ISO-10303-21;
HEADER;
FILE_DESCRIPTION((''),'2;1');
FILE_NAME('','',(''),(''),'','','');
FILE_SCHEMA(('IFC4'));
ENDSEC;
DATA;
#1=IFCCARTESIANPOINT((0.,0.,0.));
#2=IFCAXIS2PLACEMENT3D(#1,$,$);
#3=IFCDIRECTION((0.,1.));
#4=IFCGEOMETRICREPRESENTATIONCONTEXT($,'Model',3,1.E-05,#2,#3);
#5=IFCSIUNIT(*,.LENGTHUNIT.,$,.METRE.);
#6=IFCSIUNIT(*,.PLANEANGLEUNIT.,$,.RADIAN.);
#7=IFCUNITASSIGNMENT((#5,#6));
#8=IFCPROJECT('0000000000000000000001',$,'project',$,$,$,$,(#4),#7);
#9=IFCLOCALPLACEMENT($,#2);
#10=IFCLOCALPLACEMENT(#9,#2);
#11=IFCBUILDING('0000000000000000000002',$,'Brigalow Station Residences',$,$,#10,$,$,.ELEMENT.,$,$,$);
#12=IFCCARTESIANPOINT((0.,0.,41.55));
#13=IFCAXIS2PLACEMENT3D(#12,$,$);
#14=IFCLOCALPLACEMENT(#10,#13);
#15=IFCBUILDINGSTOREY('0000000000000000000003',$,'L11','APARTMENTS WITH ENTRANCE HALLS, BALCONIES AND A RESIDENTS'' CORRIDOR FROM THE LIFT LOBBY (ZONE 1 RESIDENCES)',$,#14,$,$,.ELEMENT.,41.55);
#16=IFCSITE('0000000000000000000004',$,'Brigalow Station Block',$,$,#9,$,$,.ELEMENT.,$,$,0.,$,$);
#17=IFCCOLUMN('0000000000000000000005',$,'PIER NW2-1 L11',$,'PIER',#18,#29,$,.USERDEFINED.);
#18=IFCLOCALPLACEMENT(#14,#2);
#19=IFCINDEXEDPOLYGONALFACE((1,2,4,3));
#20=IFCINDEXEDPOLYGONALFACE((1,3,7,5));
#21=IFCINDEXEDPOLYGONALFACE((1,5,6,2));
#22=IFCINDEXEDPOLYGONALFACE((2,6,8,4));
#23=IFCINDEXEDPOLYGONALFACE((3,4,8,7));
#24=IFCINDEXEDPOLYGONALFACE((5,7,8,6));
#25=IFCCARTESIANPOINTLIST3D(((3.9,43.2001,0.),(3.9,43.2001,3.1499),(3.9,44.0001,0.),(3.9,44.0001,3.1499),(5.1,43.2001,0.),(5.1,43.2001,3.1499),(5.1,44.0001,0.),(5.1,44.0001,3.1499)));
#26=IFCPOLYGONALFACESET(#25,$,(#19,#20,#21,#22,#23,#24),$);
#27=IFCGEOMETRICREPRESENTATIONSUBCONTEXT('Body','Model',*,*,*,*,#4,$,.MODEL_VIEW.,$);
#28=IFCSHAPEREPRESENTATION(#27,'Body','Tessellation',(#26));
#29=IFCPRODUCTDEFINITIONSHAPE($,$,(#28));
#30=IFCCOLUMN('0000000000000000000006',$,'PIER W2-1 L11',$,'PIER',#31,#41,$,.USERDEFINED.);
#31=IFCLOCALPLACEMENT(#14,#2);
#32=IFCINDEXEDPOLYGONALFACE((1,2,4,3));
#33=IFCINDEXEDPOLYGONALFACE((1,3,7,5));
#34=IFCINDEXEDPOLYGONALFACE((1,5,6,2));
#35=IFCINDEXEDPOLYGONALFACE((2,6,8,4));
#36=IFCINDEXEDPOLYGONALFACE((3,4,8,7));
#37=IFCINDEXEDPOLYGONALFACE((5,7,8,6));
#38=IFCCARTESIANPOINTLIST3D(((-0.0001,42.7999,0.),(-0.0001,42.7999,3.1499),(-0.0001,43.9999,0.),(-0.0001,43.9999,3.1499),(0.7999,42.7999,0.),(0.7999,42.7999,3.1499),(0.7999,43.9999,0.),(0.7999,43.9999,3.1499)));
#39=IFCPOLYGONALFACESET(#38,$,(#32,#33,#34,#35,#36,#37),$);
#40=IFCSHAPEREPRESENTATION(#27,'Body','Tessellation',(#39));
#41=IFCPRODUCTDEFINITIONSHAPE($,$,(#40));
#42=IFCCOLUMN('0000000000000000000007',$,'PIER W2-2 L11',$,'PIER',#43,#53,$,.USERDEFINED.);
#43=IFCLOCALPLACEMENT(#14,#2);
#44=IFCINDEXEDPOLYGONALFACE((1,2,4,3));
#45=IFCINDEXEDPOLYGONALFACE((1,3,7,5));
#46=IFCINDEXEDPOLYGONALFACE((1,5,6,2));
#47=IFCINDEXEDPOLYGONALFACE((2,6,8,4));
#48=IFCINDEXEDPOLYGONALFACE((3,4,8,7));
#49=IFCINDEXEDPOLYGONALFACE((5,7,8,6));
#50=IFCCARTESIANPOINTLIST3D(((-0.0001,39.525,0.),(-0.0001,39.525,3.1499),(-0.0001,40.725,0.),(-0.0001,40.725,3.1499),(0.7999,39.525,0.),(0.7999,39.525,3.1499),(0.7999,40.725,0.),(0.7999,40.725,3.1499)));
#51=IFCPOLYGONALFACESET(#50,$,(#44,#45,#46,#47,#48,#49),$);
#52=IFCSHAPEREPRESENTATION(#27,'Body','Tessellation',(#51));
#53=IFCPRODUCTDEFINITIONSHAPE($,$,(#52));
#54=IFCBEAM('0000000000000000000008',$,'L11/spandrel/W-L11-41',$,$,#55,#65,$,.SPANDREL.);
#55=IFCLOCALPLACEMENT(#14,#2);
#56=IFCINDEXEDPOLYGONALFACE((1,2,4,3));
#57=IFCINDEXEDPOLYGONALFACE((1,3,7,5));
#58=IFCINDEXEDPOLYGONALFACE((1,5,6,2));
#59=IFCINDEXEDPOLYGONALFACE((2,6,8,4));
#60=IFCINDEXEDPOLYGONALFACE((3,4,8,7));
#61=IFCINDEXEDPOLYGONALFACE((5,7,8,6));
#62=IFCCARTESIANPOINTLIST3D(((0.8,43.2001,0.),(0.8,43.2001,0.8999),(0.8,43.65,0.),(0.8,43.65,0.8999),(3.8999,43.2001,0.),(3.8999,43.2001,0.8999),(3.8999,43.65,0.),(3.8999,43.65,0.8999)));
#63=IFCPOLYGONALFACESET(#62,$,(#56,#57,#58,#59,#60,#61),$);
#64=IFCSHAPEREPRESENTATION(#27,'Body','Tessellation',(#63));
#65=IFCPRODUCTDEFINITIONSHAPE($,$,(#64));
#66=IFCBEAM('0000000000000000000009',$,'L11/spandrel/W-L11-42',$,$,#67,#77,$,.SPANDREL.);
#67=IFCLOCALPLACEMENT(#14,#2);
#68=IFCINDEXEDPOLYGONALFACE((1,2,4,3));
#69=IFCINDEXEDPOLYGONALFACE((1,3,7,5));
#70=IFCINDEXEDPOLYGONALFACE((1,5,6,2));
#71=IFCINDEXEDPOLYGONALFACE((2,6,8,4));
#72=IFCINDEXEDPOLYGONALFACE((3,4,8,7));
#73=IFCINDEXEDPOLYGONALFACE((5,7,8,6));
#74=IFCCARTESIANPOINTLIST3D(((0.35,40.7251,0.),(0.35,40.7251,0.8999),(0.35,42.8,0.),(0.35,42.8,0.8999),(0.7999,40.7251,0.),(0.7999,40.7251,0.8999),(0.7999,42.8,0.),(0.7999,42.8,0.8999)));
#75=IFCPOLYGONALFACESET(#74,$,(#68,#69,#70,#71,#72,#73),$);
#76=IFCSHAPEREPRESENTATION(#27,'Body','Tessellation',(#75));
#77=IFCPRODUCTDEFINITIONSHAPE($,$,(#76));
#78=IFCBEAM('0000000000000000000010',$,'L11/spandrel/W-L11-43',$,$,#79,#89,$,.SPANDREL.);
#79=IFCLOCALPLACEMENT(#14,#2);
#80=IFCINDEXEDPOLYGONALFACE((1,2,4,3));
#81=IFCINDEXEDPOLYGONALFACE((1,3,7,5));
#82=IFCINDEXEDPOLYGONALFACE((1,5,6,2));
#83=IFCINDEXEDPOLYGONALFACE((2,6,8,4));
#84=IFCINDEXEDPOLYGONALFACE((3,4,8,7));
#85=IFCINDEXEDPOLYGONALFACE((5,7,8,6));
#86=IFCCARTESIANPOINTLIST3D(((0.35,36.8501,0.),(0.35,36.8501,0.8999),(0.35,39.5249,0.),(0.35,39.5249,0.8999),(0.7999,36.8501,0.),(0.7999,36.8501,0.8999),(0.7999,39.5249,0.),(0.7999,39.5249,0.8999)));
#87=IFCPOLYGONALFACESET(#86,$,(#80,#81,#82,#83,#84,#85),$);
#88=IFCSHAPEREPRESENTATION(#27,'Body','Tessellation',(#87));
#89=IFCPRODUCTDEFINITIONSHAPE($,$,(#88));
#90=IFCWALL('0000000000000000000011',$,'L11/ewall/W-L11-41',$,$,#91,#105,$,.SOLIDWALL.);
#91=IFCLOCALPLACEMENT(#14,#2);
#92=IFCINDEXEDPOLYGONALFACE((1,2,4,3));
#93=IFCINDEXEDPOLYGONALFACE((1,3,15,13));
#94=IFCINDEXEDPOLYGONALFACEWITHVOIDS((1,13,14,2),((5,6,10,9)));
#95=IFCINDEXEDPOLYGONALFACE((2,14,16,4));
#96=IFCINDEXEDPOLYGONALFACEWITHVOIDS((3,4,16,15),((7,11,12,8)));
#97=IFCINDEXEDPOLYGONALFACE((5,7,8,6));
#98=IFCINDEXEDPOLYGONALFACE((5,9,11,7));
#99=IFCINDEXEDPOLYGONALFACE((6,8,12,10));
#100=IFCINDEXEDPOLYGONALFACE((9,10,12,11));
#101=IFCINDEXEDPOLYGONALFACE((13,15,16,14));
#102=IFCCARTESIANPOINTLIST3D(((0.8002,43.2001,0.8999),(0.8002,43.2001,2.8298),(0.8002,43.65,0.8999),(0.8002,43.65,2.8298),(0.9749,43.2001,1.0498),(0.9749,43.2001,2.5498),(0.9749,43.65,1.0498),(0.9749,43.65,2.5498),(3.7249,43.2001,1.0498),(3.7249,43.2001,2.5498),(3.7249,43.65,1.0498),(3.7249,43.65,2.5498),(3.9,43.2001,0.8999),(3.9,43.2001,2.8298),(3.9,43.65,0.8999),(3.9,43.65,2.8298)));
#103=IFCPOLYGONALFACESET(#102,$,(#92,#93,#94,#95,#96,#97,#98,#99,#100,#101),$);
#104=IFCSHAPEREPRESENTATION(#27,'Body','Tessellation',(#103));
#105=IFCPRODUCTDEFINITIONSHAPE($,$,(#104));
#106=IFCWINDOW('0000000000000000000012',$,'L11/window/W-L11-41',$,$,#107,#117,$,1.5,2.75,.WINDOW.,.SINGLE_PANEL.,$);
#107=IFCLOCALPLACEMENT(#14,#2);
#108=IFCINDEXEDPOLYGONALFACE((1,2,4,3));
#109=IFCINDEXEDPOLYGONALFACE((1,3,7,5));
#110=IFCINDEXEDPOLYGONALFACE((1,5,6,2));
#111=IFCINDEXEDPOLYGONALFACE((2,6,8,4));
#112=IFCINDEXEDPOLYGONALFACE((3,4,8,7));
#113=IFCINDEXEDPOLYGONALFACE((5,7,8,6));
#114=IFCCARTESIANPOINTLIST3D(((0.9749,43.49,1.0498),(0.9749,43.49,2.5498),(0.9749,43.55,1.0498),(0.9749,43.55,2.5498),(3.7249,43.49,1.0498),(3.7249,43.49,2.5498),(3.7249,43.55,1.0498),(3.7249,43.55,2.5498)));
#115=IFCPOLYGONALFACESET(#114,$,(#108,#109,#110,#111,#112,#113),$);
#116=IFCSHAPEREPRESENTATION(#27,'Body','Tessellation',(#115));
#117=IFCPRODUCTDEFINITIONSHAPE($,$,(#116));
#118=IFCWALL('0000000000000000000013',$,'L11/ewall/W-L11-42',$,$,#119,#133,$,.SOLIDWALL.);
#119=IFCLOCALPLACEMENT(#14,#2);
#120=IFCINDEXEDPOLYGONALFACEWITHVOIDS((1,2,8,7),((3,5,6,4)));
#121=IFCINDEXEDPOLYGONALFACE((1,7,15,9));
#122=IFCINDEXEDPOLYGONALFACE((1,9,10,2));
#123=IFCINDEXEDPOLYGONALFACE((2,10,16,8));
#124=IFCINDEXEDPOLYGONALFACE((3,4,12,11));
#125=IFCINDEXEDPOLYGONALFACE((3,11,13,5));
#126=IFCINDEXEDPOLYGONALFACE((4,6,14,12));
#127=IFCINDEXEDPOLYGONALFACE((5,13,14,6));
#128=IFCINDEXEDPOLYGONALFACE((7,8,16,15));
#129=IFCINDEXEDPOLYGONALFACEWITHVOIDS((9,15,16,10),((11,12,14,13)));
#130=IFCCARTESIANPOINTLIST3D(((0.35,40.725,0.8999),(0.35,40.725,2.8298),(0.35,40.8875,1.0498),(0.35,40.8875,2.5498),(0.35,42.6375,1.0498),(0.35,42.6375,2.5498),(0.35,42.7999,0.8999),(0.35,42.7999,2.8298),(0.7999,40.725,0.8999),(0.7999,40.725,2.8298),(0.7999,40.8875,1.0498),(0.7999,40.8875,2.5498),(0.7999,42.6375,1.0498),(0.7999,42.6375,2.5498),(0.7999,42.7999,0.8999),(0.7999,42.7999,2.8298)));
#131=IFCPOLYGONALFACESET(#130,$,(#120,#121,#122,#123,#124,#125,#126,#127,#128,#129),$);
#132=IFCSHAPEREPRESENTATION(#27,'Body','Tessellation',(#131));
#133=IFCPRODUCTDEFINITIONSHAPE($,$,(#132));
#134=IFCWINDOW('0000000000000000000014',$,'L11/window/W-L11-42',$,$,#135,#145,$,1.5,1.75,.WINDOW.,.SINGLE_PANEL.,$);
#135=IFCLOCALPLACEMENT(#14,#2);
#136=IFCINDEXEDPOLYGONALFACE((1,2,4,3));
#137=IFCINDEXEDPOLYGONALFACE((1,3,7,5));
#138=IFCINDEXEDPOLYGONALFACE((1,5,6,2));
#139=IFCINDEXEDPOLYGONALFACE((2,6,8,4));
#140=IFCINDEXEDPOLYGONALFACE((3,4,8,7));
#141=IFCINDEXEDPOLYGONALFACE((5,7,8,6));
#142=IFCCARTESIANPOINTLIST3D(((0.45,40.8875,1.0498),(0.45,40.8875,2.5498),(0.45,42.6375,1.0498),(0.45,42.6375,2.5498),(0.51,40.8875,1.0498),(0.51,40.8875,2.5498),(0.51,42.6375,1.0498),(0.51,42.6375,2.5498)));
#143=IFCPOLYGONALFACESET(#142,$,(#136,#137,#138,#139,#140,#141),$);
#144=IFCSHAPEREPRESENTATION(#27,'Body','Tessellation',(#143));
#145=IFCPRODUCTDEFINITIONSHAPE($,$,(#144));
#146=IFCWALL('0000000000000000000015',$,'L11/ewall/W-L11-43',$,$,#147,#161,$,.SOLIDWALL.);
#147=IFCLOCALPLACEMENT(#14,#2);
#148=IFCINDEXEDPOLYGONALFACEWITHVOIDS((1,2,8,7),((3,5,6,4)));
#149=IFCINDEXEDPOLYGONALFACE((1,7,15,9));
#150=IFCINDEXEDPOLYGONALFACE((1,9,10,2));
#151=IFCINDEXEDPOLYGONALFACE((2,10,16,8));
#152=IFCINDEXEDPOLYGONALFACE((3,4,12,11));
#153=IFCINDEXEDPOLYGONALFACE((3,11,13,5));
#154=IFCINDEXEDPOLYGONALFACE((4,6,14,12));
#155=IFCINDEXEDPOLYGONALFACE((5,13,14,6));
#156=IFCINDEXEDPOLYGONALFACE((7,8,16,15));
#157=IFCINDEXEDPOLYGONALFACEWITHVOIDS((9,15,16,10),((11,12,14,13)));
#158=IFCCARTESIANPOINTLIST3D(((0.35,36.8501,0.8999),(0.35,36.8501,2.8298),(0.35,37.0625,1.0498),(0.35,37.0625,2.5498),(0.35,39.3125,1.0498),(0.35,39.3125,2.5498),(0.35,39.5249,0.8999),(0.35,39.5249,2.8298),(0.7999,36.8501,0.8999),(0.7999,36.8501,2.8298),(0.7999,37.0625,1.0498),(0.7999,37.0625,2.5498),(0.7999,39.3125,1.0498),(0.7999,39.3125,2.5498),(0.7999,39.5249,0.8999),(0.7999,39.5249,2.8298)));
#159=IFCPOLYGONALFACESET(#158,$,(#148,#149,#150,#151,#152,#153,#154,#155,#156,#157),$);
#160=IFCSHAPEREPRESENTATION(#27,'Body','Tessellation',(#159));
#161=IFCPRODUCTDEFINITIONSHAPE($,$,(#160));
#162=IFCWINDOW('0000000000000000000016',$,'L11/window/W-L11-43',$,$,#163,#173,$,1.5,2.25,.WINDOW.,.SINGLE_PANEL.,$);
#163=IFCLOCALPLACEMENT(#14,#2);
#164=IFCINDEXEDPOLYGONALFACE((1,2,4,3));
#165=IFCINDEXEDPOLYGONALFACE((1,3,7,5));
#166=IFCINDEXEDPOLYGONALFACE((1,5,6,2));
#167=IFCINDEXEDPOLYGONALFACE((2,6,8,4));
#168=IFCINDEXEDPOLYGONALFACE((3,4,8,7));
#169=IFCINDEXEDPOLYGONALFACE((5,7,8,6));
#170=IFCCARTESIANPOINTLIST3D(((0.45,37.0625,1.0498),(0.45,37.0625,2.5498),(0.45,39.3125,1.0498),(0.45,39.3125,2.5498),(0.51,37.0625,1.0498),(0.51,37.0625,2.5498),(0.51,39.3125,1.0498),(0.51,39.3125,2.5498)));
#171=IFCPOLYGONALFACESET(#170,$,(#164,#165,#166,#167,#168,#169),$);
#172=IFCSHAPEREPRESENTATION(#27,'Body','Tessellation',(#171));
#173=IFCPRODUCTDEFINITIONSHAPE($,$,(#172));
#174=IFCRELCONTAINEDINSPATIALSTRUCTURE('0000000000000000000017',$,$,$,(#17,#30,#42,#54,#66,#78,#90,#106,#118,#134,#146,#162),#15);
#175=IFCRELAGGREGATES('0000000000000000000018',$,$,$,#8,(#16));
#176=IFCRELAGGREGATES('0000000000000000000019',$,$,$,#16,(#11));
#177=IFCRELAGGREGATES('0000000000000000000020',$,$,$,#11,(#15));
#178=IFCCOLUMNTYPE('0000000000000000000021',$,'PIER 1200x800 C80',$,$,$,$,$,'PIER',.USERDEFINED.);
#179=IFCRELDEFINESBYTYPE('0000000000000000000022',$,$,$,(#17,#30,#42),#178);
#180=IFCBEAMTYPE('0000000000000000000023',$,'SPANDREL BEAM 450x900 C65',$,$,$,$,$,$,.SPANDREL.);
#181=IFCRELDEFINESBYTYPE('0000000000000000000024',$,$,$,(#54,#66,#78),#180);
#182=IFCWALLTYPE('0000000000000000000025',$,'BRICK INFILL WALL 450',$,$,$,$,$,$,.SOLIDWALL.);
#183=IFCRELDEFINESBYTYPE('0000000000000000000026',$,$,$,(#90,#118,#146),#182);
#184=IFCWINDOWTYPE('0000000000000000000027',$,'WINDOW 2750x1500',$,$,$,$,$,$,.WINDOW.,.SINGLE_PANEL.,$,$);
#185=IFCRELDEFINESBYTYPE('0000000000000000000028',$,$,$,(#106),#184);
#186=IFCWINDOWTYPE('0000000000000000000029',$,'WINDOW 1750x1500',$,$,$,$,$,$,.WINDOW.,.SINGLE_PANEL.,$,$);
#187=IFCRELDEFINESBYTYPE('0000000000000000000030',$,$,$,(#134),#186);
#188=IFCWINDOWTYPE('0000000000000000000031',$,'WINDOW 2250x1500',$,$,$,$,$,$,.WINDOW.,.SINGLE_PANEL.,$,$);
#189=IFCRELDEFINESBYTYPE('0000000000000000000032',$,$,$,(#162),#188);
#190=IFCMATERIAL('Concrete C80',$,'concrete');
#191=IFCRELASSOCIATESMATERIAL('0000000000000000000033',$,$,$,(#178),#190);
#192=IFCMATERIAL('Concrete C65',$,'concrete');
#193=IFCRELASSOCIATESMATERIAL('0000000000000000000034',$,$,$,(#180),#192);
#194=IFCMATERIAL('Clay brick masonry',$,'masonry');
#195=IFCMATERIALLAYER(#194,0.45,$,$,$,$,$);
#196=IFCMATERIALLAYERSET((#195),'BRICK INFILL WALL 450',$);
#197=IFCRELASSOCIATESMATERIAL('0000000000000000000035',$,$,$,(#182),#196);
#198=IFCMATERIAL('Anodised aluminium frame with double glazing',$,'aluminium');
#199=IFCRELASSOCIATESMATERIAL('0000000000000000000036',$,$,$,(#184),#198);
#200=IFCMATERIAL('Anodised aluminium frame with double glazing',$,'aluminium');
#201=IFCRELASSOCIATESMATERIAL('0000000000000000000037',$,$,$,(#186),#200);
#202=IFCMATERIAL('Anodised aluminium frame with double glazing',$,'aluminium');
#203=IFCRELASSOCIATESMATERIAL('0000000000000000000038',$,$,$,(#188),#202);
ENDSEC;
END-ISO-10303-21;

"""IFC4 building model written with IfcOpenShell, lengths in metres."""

from ifc_helpers import new_model, si_unit, direction, frame, frame_2d, origin, origin_2d, place, context, subcontext, project, spatial, rectangle, extrude, material, layer, layer_set, material_profile, profile_set, type_object, element, fill, save


model = new_model("IFC4")

# Units and contexts
model_context = context("Model", 3, precision=1e-05, world=origin(), true_north=direction((0.0, 1.0)))
body_context = subcontext(model_context, "Body", "Model", "MODEL_VIEW")
ifc_project = project(units=[si_unit("LENGTHUNIT", "METRE"), si_unit("PLANEANGLEUNIT", "RADIAN")], contexts=[model_context])

# Site, building, storey
site_placement = place(None, origin())
site = spatial("IfcSite", under=ifc_project, at=site_placement, Name="Brigalow Station Block", CompositionType="ELEMENT", RefElevation=0.0)
building_placement = place(site_placement, origin())
building = spatial("IfcBuilding", under=site, at=building_placement, Name="Brigalow Station Residences", CompositionType="ELEMENT")
storey_placement = place(building_placement, frame((0.0, 0.0, 41.55)))
storey = spatial("IfcBuildingStorey", under=building, at=storey_placement, Name="L11", Description="APARTMENTS WITH ENTRANCE HALLS, BALCONIES AND A RESIDENTS' CORRIDOR FROM THE LIFT LOBBY (ZONE 1 RESIDENCES)", CompositionType="ELEMENT", Elevation=41.55)

# Columns
ifc_material_1 = material(Name="Concrete C80", Category="concrete")
ifc_material_profile_1 = material_profile(ifc_material_1, rectangle(XDim=1.2, YDim=0.8, at=origin_2d()), Name="RC1200x800")
ifc_profile_set_1 = profile_set([ifc_material_profile_1], Name="Concrete C80")
column_type = type_object("IfcColumnType", Name="PIER 1200x800 C80", ElementType="PIER", PredefinedType="USERDEFINED", material=ifc_profile_set_1)
for number, where, z_axis, x_axis, name in (
    (1, (4.5, 43.6001, 0.0), (0.0, 0.0, 1.0), (-1.0, 0.0, 0.0), "PIER NW2-1 L11"),
    (2, (0.3999, 43.3999, 0.0), (0.0, 0.0, 1.0), (0.0, -1.0, 0.0), "PIER W2-1 L11"),
    (3, (0.3999, 40.125, 0.0), (0.0, 0.0, 1.0), (0.0, -1.0, 0.0), "PIER W2-2 L11"),
):
    element("IfcColumn", number, at=place(storey_placement, frame(where, z_axis=z_axis, x_axis=x_axis)), inside=storey, type_object=column_type, Name=name, ObjectType="PIER", PredefinedType="USERDEFINED", context=body_context, shape_type="SweptSolid", body=[
        extrude(rectangle(XDim=1.2, YDim=0.8, at=origin_2d()), origin(), (0.0, 0.0, 1.0), 3.1499),
    ])

# Beams
ifc_material_2 = material(Name="Concrete C65", Category="concrete")
ifc_material_profile_2 = material_profile(ifc_material_2, rectangle(XDim=0.45, YDim=0.8999, at=origin_2d()), Name="RC450x900")
ifc_profile_set_2 = profile_set([ifc_material_profile_2], Name="Concrete C65")
beam_type = type_object("IfcBeamType", Name="SPANDREL BEAM 450x900 C65", PredefinedType="SPANDREL", material=ifc_profile_set_2)
beam_1_placement = place(storey_placement, frame((3.8999, 43.425, 0.45), z_axis=(-1.0, 0.0, 0.0), x_axis=(0.0, -1.0, 0.0)))
element("IfcBeam", 4, at=beam_1_placement, inside=storey, type_object=beam_type, Name="L11/spandrel/W-L11-41", PredefinedType="SPANDREL", context=body_context, shape_type="SweptSolid", body=[
    extrude(rectangle(XDim=0.45, YDim=0.8999, at=origin_2d()), origin(), (0.0, 0.0, 1.0), 3.0999),
])
beam_2_placement = place(storey_placement, frame((0.575, 42.8, 0.45), z_axis=(0.0, -1.0, 0.0), x_axis=(1.0, 0.0, 0.0)))
element("IfcBeam", 5, at=beam_2_placement, inside=storey, type_object=beam_type, Name="L11/spandrel/W-L11-42", PredefinedType="SPANDREL", context=body_context, shape_type="SweptSolid", body=[
    extrude(rectangle(XDim=0.45, YDim=0.8999, at=origin_2d()), origin(), (0.0, 0.0, 1.0), 2.075),
])
beam_3_placement = place(storey_placement, frame((0.575, 39.5249, 0.45), z_axis=(0.0, -1.0, 0.0), x_axis=(1.0, 0.0, 0.0)))
element("IfcBeam", 6, at=beam_3_placement, inside=storey, type_object=beam_type, Name="L11/spandrel/W-L11-43", PredefinedType="SPANDREL", context=body_context, shape_type="SweptSolid", body=[
    extrude(rectangle(XDim=0.45, YDim=0.8999, at=origin_2d()), origin(), (0.0, 0.0, 1.0), 2.6748),
])

# Walls, openings, windows
ifc_material_3 = material(Name="Clay brick masonry", Category="masonry")
ifc_layer_1 = layer(ifc_material_3, 0.45)
ifc_layer_set_1 = layer_set([ifc_layer_1], Name="BRICK INFILL WALL 450")
wall_type_1 = type_object("IfcWallType", Name="BRICK INFILL WALL 450", PredefinedType="SOLIDWALL", material=ifc_layer_set_1)
wall_1_placement = place(storey_placement, frame((3.8999, 43.425, 0.8999), z_axis=(0.0, 0.0, 1.0), x_axis=(-1.0, 0.0, 0.0)))
wall_1 = element("IfcWall", 7, at=wall_1_placement, inside=storey, type_object=wall_type_1, Name="L11/ewall/W-L11-41", PredefinedType="SOLIDWALL", context=body_context, shape_type="SweptSolid", body=[
    extrude(rectangle(XDim=3.0999, YDim=0.45, at=frame_2d((1.5498, 0.0))), origin(), (0.0, 0.0, 1.0), 1.9299),
])
opening_1_placement = place(wall_1_placement, frame((0.175, 0.0, 0.1499)))
opening_1 = element("IfcOpeningElement", 8, at=opening_1_placement, cuts=wall_1, PredefinedType="OPENING", context=body_context, shape_type="SweptSolid", body=[
    extrude(rectangle(XDim=2.75, YDim=1.5, at=frame_2d((1.375, 0.75))), frame((0.0, 0.2349, 0.0), z_axis=(0.0, -1.0, 0.0), x_axis=(1.0, 0.0, 0.0)), (0.0, 0.0, 1.0), 0.47),
])
ifc_material_4 = material(Name="Anodised aluminium frame with double glazing", Category="aluminium")
window_type_1 = type_object("IfcWindowType", Name="WINDOW 2750x1500", PartitioningType="SINGLE_PANEL", PredefinedType="WINDOW", material=ifc_material_4)
window_1_placement = place(opening_1_placement, origin())
window_1 = element("IfcWindow", 9, at=window_1_placement, inside=storey, type_object=window_type_1, Name="L11/window/W-L11-41", OverallHeight=1.5, OverallWidth=2.75, PartitioningType="SINGLE_PANEL", PredefinedType="WINDOW", context=body_context, shape_type="SweptSolid", body=[
    extrude(rectangle(XDim=2.75, YDim=1.5, at=frame_2d((1.375, 0.75))), frame((0.0, -0.0649, 0.0), z_axis=(0.0, -1.0, 0.0), x_axis=(1.0, 0.0, 0.0)), (0.0, 0.0, 1.0), 0.0601),
])
fill(opening_1, window_1)
wall_2_placement = place(storey_placement, frame((0.575, 42.8, 0.8999), z_axis=(0.0, 0.0, 1.0), x_axis=(0.0, -1.0, 0.0)))
wall_2 = element("IfcWall", 10, at=wall_2_placement, inside=storey, type_object=wall_type_1, Name="L11/ewall/W-L11-42", PredefinedType="SOLIDWALL", context=body_context, shape_type="SweptSolid", body=[
    extrude(rectangle(XDim=2.075, YDim=0.45, at=frame_2d((1.0376, 0.0))), origin(), (0.0, 0.0, 1.0), 1.9299),
])
opening_2_placement = place(wall_2_placement, frame((0.1626, 0.0, 0.1499)))
opening_2 = element("IfcOpeningElement", 11, at=opening_2_placement, cuts=wall_2, PredefinedType="OPENING", context=body_context, shape_type="SweptSolid", body=[
    extrude(rectangle(XDim=1.75, YDim=1.5, at=frame_2d((0.875, 0.75))), frame((0.0, 0.2349, 0.0), z_axis=(0.0, -1.0, 0.0), x_axis=(1.0, 0.0, 0.0)), (0.0, 0.0, 1.0), 0.47),
])
ifc_material_5 = material(Name="Anodised aluminium frame with double glazing", Category="aluminium")
window_type_2 = type_object("IfcWindowType", Name="WINDOW 1750x1500", PartitioningType="SINGLE_PANEL", PredefinedType="WINDOW", material=ifc_material_5)
window_2_placement = place(opening_2_placement, origin())
window_2 = element("IfcWindow", 12, at=window_2_placement, inside=storey, type_object=window_type_2, Name="L11/window/W-L11-42", OverallHeight=1.5, OverallWidth=1.75, PartitioningType="SINGLE_PANEL", PredefinedType="WINDOW", context=body_context, shape_type="SweptSolid", body=[
    extrude(rectangle(XDim=1.75, YDim=1.5, at=frame_2d((0.875, 0.75))), frame((0.0, -0.0649, 0.0), z_axis=(0.0, -1.0, 0.0), x_axis=(1.0, 0.0, 0.0)), (0.0, 0.0, 1.0), 0.0601),
])
fill(opening_2, window_2)
wall_3_placement = place(storey_placement, frame((0.575, 39.5249, 0.8999), z_axis=(0.0, 0.0, 1.0), x_axis=(0.0, -1.0, 0.0)))
wall_3 = element("IfcWall", 13, at=wall_3_placement, inside=storey, type_object=wall_type_1, Name="L11/ewall/W-L11-43", PredefinedType="SOLIDWALL", context=body_context, shape_type="SweptSolid", body=[
    extrude(rectangle(XDim=2.6748, YDim=0.45, at=frame_2d((1.3374, 0.0))), origin(), (0.0, 0.0, 1.0), 1.9299),
])
opening_3_placement = place(wall_3_placement, frame((0.2124, 0.0, 0.1499)))
opening_3 = element("IfcOpeningElement", 14, at=opening_3_placement, cuts=wall_3, PredefinedType="OPENING", context=body_context, shape_type="SweptSolid", body=[
    extrude(rectangle(XDim=2.25, YDim=1.5, at=frame_2d((1.125, 0.75))), frame((0.0, 0.2349, 0.0), z_axis=(0.0, -1.0, 0.0), x_axis=(1.0, 0.0, 0.0)), (0.0, 0.0, 1.0), 0.47),
])
ifc_material_6 = material(Name="Anodised aluminium frame with double glazing", Category="aluminium")
window_type_3 = type_object("IfcWindowType", Name="WINDOW 2250x1500", PartitioningType="SINGLE_PANEL", PredefinedType="WINDOW", material=ifc_material_6)
window_3_placement = place(opening_3_placement, origin())
window_3 = element("IfcWindow", 15, at=window_3_placement, inside=storey, type_object=window_type_3, Name="L11/window/W-L11-43", OverallHeight=1.5, OverallWidth=2.25, PartitioningType="SINGLE_PANEL", PredefinedType="WINDOW", context=body_context, shape_type="SweptSolid", body=[
    extrude(rectangle(XDim=2.25, YDim=1.5, at=frame_2d((1.125, 0.75))), frame((0.0, -0.0649, 0.0), z_axis=(0.0, -1.0, 0.0), x_axis=(1.0, 0.0, 0.0)), (0.0, 0.0, 1.0), 0.0601),
])
fill(opening_3, window_3)

save(model, "model.ifc")
